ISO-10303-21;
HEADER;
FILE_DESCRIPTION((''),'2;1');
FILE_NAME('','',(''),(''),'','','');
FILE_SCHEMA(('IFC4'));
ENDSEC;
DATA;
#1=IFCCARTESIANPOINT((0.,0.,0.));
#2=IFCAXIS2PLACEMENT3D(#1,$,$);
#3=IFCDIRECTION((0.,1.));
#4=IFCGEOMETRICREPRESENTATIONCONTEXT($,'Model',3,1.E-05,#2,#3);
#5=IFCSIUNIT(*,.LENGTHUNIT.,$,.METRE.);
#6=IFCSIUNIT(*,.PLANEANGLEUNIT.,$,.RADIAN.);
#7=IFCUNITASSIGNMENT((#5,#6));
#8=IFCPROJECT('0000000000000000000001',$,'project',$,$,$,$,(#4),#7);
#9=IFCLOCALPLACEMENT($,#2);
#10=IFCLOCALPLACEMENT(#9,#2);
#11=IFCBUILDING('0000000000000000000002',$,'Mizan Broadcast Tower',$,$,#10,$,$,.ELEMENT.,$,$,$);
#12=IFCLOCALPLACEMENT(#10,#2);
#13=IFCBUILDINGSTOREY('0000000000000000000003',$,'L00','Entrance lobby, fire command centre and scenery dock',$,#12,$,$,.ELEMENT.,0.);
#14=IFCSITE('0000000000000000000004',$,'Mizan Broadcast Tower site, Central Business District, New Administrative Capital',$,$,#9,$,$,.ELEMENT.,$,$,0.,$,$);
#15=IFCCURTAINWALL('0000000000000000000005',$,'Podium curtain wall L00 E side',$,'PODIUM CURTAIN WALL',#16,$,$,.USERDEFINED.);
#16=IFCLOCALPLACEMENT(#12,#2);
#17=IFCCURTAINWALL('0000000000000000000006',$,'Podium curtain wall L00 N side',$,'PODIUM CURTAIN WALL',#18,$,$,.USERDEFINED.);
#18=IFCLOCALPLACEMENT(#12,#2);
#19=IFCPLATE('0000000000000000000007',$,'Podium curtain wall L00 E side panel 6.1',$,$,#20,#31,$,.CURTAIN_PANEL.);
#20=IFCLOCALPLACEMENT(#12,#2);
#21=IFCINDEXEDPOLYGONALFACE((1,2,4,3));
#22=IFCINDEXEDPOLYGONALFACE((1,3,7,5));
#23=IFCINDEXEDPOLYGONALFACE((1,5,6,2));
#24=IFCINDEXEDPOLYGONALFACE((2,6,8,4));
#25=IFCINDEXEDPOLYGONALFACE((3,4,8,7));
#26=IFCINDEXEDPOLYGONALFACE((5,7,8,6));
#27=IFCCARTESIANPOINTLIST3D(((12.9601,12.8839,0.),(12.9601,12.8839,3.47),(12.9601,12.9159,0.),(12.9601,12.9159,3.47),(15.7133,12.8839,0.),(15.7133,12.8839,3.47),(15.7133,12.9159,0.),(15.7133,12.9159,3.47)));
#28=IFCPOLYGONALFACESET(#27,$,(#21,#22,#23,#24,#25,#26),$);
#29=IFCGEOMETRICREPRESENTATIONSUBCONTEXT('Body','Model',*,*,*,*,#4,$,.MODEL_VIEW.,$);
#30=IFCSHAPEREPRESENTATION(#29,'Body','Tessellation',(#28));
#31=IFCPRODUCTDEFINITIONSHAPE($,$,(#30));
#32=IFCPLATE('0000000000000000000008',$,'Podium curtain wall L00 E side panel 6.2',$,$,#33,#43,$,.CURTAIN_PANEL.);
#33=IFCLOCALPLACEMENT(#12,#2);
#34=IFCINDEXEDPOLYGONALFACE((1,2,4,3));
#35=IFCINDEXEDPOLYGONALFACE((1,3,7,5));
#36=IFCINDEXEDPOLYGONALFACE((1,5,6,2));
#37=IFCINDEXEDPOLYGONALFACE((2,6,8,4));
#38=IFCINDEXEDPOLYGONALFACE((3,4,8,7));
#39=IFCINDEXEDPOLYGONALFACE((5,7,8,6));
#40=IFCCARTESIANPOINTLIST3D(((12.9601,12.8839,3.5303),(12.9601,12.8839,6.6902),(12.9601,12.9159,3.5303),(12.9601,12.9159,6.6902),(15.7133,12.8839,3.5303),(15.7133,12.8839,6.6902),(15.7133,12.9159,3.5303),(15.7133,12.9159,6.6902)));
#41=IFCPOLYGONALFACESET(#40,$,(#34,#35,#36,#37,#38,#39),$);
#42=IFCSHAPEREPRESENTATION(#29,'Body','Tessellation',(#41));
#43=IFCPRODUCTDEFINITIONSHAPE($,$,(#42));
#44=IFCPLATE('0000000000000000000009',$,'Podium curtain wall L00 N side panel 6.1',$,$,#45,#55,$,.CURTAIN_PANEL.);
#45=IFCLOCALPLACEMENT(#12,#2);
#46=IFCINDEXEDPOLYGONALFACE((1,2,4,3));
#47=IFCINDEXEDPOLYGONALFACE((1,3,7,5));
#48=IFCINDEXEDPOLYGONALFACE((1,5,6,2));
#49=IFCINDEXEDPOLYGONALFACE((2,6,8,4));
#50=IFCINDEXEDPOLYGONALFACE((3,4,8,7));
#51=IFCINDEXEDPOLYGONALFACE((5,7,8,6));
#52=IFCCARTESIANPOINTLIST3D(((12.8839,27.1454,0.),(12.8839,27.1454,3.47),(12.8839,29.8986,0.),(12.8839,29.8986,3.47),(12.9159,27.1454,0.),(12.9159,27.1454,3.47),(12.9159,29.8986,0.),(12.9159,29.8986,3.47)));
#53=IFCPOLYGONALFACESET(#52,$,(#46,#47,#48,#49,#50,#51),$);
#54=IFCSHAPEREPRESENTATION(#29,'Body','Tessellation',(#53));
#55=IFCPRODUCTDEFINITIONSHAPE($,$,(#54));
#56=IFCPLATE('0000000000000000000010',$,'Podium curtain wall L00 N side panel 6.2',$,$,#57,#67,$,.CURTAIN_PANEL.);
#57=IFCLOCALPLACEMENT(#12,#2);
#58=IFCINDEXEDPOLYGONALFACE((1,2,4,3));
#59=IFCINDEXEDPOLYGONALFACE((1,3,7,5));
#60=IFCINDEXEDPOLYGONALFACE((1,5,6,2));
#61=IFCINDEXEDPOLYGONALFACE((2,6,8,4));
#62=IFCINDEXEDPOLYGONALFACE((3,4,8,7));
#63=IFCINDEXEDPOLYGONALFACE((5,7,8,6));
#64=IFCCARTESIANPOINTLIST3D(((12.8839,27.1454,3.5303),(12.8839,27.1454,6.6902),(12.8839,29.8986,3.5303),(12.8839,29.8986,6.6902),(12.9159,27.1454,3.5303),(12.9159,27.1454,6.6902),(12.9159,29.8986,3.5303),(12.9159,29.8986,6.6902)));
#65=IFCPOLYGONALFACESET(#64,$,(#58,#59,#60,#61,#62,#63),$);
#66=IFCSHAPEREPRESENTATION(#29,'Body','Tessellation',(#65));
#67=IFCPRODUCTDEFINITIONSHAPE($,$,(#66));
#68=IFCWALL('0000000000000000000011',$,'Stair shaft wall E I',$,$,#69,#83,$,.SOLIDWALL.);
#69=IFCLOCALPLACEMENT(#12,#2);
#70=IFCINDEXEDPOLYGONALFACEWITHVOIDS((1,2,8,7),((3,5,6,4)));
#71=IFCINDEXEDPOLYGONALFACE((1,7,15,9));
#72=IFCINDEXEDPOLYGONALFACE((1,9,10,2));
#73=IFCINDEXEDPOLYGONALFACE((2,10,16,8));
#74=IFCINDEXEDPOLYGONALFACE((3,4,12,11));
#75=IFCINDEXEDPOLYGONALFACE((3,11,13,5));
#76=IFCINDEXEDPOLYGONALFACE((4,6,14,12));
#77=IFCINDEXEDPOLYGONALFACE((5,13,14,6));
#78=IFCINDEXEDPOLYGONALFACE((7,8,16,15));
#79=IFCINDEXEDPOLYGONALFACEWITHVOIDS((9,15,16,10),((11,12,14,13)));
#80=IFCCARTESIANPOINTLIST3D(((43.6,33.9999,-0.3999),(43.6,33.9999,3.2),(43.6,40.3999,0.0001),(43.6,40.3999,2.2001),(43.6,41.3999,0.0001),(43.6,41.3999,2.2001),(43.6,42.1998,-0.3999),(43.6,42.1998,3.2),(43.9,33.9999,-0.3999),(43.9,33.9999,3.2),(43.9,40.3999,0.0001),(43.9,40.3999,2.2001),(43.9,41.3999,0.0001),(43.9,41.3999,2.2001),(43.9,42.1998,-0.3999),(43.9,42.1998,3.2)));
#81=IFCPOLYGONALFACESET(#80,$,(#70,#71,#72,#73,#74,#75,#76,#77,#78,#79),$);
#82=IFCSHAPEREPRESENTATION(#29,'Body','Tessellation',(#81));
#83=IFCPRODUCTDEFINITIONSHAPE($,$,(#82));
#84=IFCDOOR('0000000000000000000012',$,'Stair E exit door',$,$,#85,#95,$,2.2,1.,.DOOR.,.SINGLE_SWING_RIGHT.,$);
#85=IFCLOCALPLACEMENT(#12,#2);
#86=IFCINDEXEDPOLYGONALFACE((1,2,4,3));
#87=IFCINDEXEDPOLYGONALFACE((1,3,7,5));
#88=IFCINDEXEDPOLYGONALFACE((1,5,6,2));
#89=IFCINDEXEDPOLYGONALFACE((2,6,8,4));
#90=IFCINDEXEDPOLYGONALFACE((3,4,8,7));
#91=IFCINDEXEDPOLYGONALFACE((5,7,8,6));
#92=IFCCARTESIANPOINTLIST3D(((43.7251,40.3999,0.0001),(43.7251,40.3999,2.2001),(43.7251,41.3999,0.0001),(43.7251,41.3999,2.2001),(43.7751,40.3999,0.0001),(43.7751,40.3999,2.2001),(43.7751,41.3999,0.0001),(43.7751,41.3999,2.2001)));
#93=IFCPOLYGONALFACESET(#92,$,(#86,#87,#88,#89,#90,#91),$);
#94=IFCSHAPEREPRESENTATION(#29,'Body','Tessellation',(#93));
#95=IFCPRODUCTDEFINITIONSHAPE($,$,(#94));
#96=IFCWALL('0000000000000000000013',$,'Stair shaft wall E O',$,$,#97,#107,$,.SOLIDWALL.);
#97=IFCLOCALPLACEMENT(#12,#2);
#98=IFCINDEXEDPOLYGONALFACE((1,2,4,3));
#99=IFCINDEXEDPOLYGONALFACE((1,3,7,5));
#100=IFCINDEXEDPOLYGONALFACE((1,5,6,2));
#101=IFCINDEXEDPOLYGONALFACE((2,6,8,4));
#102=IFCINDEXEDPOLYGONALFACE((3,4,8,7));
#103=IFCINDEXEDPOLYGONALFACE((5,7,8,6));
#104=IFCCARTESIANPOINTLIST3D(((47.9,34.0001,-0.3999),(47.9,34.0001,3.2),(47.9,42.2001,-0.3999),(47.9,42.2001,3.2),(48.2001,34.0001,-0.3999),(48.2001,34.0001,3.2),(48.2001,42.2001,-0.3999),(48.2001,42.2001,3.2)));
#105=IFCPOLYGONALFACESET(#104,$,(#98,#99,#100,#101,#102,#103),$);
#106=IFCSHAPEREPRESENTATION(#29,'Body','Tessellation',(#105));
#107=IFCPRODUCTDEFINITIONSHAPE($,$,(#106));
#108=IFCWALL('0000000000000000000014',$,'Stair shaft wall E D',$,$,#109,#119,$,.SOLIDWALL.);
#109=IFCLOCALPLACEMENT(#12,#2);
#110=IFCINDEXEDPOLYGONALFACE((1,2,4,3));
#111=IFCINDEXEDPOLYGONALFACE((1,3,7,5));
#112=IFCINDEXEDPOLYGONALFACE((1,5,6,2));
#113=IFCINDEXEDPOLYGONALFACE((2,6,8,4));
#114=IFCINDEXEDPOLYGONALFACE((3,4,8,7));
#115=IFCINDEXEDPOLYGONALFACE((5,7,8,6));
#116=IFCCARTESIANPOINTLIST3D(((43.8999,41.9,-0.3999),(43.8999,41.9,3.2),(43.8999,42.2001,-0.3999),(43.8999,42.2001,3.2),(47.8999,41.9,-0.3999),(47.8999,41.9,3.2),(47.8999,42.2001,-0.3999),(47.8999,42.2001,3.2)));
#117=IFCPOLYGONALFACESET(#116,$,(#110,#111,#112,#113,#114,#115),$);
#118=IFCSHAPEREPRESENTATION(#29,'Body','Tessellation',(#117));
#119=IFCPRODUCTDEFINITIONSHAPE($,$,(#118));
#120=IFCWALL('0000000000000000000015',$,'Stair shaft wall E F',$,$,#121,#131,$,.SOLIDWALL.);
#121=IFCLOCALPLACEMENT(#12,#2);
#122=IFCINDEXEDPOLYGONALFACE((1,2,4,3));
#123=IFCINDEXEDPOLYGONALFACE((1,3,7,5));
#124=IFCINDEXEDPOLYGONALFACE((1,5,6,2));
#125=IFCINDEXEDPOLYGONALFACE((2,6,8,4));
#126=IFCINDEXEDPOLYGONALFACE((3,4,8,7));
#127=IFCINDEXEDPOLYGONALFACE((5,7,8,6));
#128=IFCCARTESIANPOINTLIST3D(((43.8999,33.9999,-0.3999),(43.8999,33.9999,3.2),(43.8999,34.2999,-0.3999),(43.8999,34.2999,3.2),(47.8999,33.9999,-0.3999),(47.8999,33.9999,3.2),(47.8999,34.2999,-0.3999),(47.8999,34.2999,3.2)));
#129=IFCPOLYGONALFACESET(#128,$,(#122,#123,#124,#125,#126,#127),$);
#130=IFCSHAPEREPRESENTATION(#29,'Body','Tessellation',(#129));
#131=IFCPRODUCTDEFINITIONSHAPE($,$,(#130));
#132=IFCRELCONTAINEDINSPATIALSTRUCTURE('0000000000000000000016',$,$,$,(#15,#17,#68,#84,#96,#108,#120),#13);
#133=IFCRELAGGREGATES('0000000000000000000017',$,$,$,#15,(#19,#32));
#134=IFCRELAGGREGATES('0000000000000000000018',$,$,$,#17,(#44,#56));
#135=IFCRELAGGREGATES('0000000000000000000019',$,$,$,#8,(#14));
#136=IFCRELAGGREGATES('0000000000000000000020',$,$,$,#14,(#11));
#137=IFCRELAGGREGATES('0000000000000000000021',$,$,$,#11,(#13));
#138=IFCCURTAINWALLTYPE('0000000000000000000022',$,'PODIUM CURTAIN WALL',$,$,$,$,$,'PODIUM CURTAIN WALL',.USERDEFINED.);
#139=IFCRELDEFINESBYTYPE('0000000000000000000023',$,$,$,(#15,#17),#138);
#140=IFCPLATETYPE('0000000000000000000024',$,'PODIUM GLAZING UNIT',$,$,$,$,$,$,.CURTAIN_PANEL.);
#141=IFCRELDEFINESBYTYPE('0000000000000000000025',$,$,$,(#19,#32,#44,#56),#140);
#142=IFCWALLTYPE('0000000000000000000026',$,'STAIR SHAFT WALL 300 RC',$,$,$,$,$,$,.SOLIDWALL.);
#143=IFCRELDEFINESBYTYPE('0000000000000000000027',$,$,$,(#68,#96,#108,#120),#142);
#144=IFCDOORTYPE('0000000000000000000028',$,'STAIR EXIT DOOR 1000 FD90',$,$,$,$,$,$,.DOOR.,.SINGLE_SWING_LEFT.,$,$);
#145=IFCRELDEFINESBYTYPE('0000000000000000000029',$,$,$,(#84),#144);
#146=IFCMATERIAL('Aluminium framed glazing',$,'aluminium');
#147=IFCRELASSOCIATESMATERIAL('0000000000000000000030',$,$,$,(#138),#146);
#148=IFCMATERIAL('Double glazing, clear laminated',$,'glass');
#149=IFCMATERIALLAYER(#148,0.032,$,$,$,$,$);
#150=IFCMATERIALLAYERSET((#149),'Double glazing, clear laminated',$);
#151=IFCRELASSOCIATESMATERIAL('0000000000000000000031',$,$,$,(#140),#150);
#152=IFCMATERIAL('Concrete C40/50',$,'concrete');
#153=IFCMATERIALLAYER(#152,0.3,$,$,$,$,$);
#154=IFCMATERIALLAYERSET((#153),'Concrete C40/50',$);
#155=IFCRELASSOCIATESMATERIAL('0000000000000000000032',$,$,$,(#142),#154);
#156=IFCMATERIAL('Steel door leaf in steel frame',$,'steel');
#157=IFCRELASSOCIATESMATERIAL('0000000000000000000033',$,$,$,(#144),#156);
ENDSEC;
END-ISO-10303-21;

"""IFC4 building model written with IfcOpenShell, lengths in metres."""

from ifc_helpers import new_model, si_unit, direction, frame, frame_2d, origin, origin_2d, place, context, subcontext, project, spatial, rectangle, extrude, material, layer, layer_set, type_object, element, fill, aggregate, save


model = new_model("IFC4")

# Units and contexts
model_context = context("Model", 3, precision=1e-05, world=origin(), true_north=direction((0.0, 1.0)))
body_context = subcontext(model_context, "Body", "Model", "MODEL_VIEW")
ifc_project = project(units=[si_unit("LENGTHUNIT", "METRE"), si_unit("PLANEANGLEUNIT", "RADIAN")], contexts=[model_context])

# Site, building, storey
site_placement = place(None, origin())
site = spatial("IfcSite", under=ifc_project, at=site_placement, Name="Mizan Broadcast Tower site, Central Business District, New Administrative Capital", CompositionType="ELEMENT", RefElevation=0.0)
building_placement = place(site_placement, origin())
building = spatial("IfcBuilding", under=site, at=building_placement, Name="Mizan Broadcast Tower", CompositionType="ELEMENT")
storey_placement = place(building_placement, origin())
storey = spatial("IfcBuildingStorey", under=building, at=storey_placement, Name="L00", Description="Entrance lobby, fire command centre and scenery dock", CompositionType="ELEMENT", Elevation=0.0)

# Curtain wall
ifc_material_1 = material(Name="Aluminium framed glazing", Category="aluminium")
curtain_wall_type = type_object("IfcCurtainWallType", Name="PODIUM CURTAIN WALL", ElementType="PODIUM CURTAIN WALL", PredefinedType="USERDEFINED", material=ifc_material_1)
curtain_wall_1_placement = place(storey_placement, origin())
curtain_wall_1 = element("IfcCurtainWall", 1, at=curtain_wall_1_placement, inside=storey, type_object=curtain_wall_type, Name="Podium curtain wall L00 E side", ObjectType="PODIUM CURTAIN WALL", PredefinedType="USERDEFINED")

# Curtain wall
curtain_wall_2_placement = place(storey_placement, origin())
curtain_wall_2 = element("IfcCurtainWall", 2, at=curtain_wall_2_placement, inside=storey, type_object=curtain_wall_type, Name="Podium curtain wall L00 N side", ObjectType="PODIUM CURTAIN WALL", PredefinedType="USERDEFINED")

# Plates
ifc_material_2 = material(Name="Double glazing, clear laminated", Category="glass")
ifc_layer_1 = layer(ifc_material_2, 0.032)
ifc_layer_set_1 = layer_set([ifc_layer_1], Name="Double glazing, clear laminated")
plate_type = type_object("IfcPlateType", Name="PODIUM GLAZING UNIT", PredefinedType="CURTAIN_PANEL", material=ifc_layer_set_1)
plate_1_placement = place(storey_placement, frame((14.3367, 12.8999, 0.0), z_axis=(0.0, 0.0, 1.0), x_axis=(-1.0, 0.0, 0.0)))
plate_1 = element("IfcPlate", 3, at=plate_1_placement, type_object=plate_type, Name="Podium curtain wall L00 E side panel 6.1", PredefinedType="CURTAIN_PANEL", context=body_context, shape_type="SweptSolid", body=[
    extrude(rectangle(XDim=2.7532, YDim=0.032, at=origin_2d()), origin(), (0.0, 0.0, 1.0), 3.47),
])
plate_2_placement = place(storey_placement, frame((14.3367, 12.8999, 3.5303), z_axis=(0.0, 0.0, 1.0), x_axis=(-1.0, 0.0, 0.0)))
plate_2 = element("IfcPlate", 4, at=plate_2_placement, type_object=plate_type, Name="Podium curtain wall L00 E side panel 6.2", PredefinedType="CURTAIN_PANEL", context=body_context, shape_type="SweptSolid", body=[
    extrude(rectangle(XDim=2.7532, YDim=0.032, at=origin_2d()), origin(), (0.0, 0.0, 1.0), 3.1599),
])
aggregate(curtain_wall_1, [plate_1, plate_2])
plate_3_placement = place(storey_placement, frame((12.8999, 28.522, 0.0), z_axis=(0.0, 0.0, 1.0), x_axis=(0.0, 1.0, 0.0)))
plate_3 = element("IfcPlate", 5, at=plate_3_placement, type_object=plate_type, Name="Podium curtain wall L00 N side panel 6.1", PredefinedType="CURTAIN_PANEL", context=body_context, shape_type="SweptSolid", body=[
    extrude(rectangle(XDim=2.7532, YDim=0.032, at=origin_2d()), origin(), (0.0, 0.0, 1.0), 3.47),
])
plate_4_placement = place(storey_placement, frame((12.8999, 28.522, 3.5303), z_axis=(0.0, 0.0, 1.0), x_axis=(0.0, 1.0, 0.0)))
plate_4 = element("IfcPlate", 6, at=plate_4_placement, type_object=plate_type, Name="Podium curtain wall L00 N side panel 6.2", PredefinedType="CURTAIN_PANEL", context=body_context, shape_type="SweptSolid", body=[
    extrude(rectangle(XDim=2.7532, YDim=0.032, at=origin_2d()), origin(), (0.0, 0.0, 1.0), 3.1599),
])
aggregate(curtain_wall_2, [plate_3, plate_4])

# Wall, opening, door
ifc_material_3 = material(Name="Concrete C40/50", Category="concrete")
ifc_layer_2 = layer(ifc_material_3, 0.3)
ifc_layer_set_2 = layer_set([ifc_layer_2], Name="Concrete C40/50")
wall_type = type_object("IfcWallType", Name="STAIR SHAFT WALL 300 RC", PredefinedType="SOLIDWALL", material=ifc_layer_set_2)
wall_1_placement = place(storey_placement, frame((43.75, 42.2, -0.3999), z_axis=(0.0, 0.0, 1.0), x_axis=(0.0, -1.0, 0.0)))
wall_1 = element("IfcWall", 7, at=wall_1_placement, inside=storey, type_object=wall_type, Name="Stair shaft wall E I", PredefinedType="SOLIDWALL", context=body_context, shape_type="SweptSolid", body=[
    extrude(rectangle(XDim=8.2, YDim=0.3, at=frame_2d((4.1001, 0.0))), origin(), (0.0, 0.0, 1.0), 3.5999),
])
opening_placement = place(wall_1_placement, frame((0.8, 0.0, 0.3999)))
opening = element("IfcOpeningElement", 8, at=opening_placement, cuts=wall_1, PredefinedType="OPENING", context=body_context, shape_type="SweptSolid", body=[
    extrude(rectangle(XDim=1.0, YDim=2.2, at=frame_2d((0.5, 1.1001))), frame((0.0, 0.1599, 0.0), z_axis=(0.0, -1.0, 0.0), x_axis=(1.0, 0.0, 0.0)), (0.0, 0.0, 1.0), 0.3201),
])
ifc_material_4 = material(Name="Steel door leaf in steel frame", Category="steel")
door_type = type_object("IfcDoorType", Name="STAIR EXIT DOOR 1000 FD90", OperationType="SINGLE_SWING_LEFT", PredefinedType="DOOR", material=ifc_material_4)
door_placement = place(opening_placement, frame((1.0, 0.0, 0.0), z_axis=(0.0, 0.0, 1.0), x_axis=(-1.0, 0.0, 0.0)))
door = element("IfcDoor", 9, at=door_placement, inside=storey, type_object=door_type, Name="Stair E exit door", OperationType="SINGLE_SWING_RIGHT", OverallHeight=2.2, OverallWidth=1.0, PredefinedType="DOOR", context=body_context, shape_type="SweptSolid", body=[
    extrude(rectangle(XDim=1.0, YDim=2.2, at=frame_2d((0.5, 1.1001))), frame((0.0, 0.0249, 0.0), z_axis=(0.0, -1.0, 0.0), x_axis=(1.0, 0.0, 0.0)), (0.0, 0.0, 1.0), 0.05),
])
fill(opening, door)

# Walls
wall_2_placement = place(storey_placement, frame((48.05, 34.0, -0.3999), z_axis=(0.0, 0.0, 1.0), x_axis=(0.0, 1.0, 0.0)))
element("IfcWall", 10, at=wall_2_placement, inside=storey, type_object=wall_type, Name="Stair shaft wall E O", PredefinedType="SOLIDWALL", context=body_context, shape_type="SweptSolid", body=[
    extrude(rectangle(XDim=8.2, YDim=0.3, at=frame_2d((4.1001, 0.0))), origin(), (0.0, 0.0, 1.0), 3.5999),
])
for number, where, z_axis, x_axis, name in (
    (11, (43.8999, 42.05, -0.3999), (0.0, 0.0, 1.0), (1.0, 0.0, 0.0), "Stair shaft wall E D"),
    (12, (47.8999, 34.1499, -0.3999), (0.0, 0.0, 1.0), (-1.0, 0.0, 0.0), "Stair shaft wall E F"),
):
    element("IfcWall", number, at=place(storey_placement, frame(where, z_axis=z_axis, x_axis=x_axis)), inside=storey, type_object=wall_type, Name=name, PredefinedType="SOLIDWALL", context=body_context, shape_type="SweptSolid", body=[
        extrude(rectangle(XDim=4.0, YDim=0.3, at=frame_2d((2.0, 0.0))), origin(), (0.0, 0.0, 1.0), 3.5999),
    ])

save(model, "model.ifc")
